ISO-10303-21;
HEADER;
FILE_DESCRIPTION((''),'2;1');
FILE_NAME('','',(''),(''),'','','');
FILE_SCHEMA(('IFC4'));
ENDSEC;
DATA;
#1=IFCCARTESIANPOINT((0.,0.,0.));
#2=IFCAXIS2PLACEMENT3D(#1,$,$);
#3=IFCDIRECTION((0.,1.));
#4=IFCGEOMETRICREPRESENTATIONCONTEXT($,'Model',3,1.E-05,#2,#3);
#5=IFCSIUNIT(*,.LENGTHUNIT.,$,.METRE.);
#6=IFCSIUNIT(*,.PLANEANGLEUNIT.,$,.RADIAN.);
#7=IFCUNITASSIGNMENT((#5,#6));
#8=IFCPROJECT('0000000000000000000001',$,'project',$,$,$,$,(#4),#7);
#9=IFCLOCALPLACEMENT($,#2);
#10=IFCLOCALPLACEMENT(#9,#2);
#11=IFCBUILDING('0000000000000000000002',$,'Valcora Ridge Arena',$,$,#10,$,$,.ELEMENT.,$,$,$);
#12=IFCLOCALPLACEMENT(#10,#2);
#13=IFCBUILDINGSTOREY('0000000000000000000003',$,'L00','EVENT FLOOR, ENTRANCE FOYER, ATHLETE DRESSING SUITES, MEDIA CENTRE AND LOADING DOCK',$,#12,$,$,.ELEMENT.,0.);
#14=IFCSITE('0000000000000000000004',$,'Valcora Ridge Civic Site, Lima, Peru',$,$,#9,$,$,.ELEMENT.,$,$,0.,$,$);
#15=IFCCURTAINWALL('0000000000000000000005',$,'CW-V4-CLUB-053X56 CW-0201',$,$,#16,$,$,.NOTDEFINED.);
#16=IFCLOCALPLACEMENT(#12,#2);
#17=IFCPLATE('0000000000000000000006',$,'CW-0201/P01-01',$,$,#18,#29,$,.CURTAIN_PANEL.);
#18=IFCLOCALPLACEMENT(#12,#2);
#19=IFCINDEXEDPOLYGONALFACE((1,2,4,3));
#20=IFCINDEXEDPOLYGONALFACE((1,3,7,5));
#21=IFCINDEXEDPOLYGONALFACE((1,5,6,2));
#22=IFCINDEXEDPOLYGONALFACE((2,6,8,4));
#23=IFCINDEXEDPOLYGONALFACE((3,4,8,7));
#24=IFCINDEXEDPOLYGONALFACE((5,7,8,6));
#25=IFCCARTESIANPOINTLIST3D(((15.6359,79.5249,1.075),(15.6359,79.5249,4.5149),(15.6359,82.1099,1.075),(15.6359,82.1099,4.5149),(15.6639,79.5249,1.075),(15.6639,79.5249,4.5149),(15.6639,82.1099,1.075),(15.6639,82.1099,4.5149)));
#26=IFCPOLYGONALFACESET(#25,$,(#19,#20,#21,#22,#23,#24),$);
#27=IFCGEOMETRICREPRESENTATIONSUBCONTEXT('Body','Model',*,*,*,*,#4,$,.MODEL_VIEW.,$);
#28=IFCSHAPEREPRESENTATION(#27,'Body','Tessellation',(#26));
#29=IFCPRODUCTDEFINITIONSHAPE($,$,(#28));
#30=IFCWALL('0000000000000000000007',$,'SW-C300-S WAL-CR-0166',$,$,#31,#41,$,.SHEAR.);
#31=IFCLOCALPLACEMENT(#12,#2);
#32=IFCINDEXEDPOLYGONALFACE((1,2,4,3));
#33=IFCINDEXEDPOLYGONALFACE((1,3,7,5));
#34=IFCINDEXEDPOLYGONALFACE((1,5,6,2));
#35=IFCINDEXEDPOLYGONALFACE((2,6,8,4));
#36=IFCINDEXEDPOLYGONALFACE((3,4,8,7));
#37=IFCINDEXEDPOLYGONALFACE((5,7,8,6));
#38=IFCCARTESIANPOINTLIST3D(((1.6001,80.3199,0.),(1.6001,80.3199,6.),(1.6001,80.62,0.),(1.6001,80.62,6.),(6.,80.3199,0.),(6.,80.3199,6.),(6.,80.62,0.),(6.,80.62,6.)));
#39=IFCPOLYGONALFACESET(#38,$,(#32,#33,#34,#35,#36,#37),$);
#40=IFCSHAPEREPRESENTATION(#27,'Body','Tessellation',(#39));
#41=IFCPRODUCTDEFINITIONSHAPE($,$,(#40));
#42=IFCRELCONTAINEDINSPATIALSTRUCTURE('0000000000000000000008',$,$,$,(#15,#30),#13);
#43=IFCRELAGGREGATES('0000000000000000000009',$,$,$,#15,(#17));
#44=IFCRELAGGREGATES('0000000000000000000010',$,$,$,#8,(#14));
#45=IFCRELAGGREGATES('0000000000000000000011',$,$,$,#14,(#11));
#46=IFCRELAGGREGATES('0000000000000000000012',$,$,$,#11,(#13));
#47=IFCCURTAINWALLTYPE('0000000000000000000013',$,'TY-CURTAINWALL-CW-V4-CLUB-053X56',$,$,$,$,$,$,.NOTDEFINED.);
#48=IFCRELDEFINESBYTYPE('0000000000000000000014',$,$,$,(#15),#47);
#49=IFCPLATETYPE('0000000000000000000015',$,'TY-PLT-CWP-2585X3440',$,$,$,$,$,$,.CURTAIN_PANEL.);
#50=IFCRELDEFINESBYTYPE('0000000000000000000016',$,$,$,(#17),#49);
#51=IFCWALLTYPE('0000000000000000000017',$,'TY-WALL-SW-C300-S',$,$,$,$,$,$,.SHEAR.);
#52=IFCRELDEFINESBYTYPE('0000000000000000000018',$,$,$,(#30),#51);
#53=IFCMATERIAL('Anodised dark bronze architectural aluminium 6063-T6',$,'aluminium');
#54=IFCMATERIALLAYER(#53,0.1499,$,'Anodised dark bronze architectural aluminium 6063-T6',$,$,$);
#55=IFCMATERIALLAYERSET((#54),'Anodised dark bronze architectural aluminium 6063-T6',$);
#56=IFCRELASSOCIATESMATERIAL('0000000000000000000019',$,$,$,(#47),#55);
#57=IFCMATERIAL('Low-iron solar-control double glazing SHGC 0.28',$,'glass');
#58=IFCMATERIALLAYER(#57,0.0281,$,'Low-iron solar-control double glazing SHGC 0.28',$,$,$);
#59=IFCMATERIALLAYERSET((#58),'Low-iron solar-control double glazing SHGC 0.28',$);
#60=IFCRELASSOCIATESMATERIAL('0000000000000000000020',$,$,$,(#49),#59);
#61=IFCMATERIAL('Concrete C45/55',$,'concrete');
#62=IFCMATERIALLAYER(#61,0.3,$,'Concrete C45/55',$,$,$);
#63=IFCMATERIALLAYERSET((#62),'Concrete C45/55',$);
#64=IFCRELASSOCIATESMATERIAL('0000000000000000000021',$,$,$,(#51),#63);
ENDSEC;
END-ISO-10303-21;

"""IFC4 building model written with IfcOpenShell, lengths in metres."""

from ifc_helpers import new_model, si_unit, direction, frame, frame_2d, origin, origin_2d, place, context, subcontext, project, spatial, rectangle, extrude, material, layer, layer_set, type_object, element, aggregate, save


model = new_model("IFC4")

# Units and contexts
model_context = context("Model", 3, precision=1e-05, world=origin(), true_north=direction((0.0, 1.0)))
body_context = subcontext(model_context, "Body", "Model", "MODEL_VIEW")
ifc_project = project(units=[si_unit("LENGTHUNIT", "METRE"), si_unit("PLANEANGLEUNIT", "RADIAN")], contexts=[model_context])

# Site, building, storey
site_placement = place(None, origin())
site = spatial("IfcSite", under=ifc_project, at=site_placement, Name="Valcora Ridge Civic Site, Lima, Peru", CompositionType="ELEMENT", RefElevation=0.0)
building_placement = place(site_placement, origin())
building = spatial("IfcBuilding", under=site, at=building_placement, Name="Valcora Ridge Arena", CompositionType="ELEMENT")
storey_placement = place(building_placement, origin())
storey = spatial("IfcBuildingStorey", under=building, at=storey_placement, Name="L00", Description="EVENT FLOOR, ENTRANCE FOYER, ATHLETE DRESSING SUITES, MEDIA CENTRE AND LOADING DOCK", CompositionType="ELEMENT", Elevation=0.0)

# Curtain wall
ifc_material_1 = material(Name="Anodised dark bronze architectural aluminium 6063-T6", Category="aluminium")
ifc_layer_1 = layer(ifc_material_1, 0.1499, Name="Anodised dark bronze architectural aluminium 6063-T6")
ifc_layer_set_1 = layer_set([ifc_layer_1], Name="Anodised dark bronze architectural aluminium 6063-T6")
curtain_wall_type_1 = type_object("IfcCurtainWallType", Name="TY-CURTAINWALL-CW-V4-CLUB-053X56", PredefinedType="NOTDEFINED", material=ifc_layer_set_1)
curtain_wall_1_placement = place(storey_placement, origin())
curtain_wall_1 = element("IfcCurtainWall", 1, at=curtain_wall_1_placement, inside=storey, type_object=curtain_wall_type_1, Name="CW-V4-CLUB-053X56 CW-0201", PredefinedType="NOTDEFINED")

# Shared definitions
ifc_material_2 = material(Name="Low-iron solar-control double glazing SHGC 0.28", Category="glass")

# Plate
ifc_layer_2 = layer(ifc_material_2, 0.0281, Name="Low-iron solar-control double glazing SHGC 0.28")
ifc_layer_set_2 = layer_set([ifc_layer_2], Name="Low-iron solar-control double glazing SHGC 0.28")
plate_type_1 = type_object("IfcPlateType", Name="TY-PLT-CWP-2585X3440", PredefinedType="CURTAIN_PANEL", material=ifc_layer_set_2)
plate_1_placement = place(storey_placement, frame((15.6499, 80.8174, 1.075), z_axis=(0.0, 0.0, 1.0), x_axis=(0.0, 1.0, 0.0)))
plate_1 = element("IfcPlate", 2, at=plate_1_placement, type_object=plate_type_1, Name="CW-0201/P01-01", PredefinedType="CURTAIN_PANEL", context=body_context, shape_type="SweptSolid", body=[
    extrude(rectangle(XDim=2.585, YDim=0.0281, at=origin_2d()), origin(), (0.0, 0.0, 1.0), 3.4399),
])
aggregate(curtain_wall_1, [plate_1])

# Wall
ifc_material_3 = material(Name="Concrete C45/55", Category="concrete")
ifc_layer_3 = layer(ifc_material_3, 0.3, Name="Concrete C45/55")
ifc_layer_set_3 = layer_set([ifc_layer_3], Name="Concrete C45/55")
wall_type = type_object("IfcWallType", Name="TY-WALL-SW-C300-S", PredefinedType="SHEAR", material=ifc_layer_set_3)
wall_placement = place(storey_placement, frame((1.6001, 80.47, 0.0), z_axis=(0.0, 0.0, 1.0), x_axis=(1.0, 0.0, 0.0)))
element("IfcWall", 3, at=wall_placement, inside=storey, type_object=wall_type, Name="SW-C300-S WAL-CR-0166", PredefinedType="SHEAR", context=body_context, shape_type="SweptSolid", body=[
    extrude(rectangle(XDim=4.3999, YDim=0.3, at=frame_2d((2.2, 0.0))), origin(), (0.0, 0.0, 1.0), 6.0),
])

save(model, "model.ifc")
